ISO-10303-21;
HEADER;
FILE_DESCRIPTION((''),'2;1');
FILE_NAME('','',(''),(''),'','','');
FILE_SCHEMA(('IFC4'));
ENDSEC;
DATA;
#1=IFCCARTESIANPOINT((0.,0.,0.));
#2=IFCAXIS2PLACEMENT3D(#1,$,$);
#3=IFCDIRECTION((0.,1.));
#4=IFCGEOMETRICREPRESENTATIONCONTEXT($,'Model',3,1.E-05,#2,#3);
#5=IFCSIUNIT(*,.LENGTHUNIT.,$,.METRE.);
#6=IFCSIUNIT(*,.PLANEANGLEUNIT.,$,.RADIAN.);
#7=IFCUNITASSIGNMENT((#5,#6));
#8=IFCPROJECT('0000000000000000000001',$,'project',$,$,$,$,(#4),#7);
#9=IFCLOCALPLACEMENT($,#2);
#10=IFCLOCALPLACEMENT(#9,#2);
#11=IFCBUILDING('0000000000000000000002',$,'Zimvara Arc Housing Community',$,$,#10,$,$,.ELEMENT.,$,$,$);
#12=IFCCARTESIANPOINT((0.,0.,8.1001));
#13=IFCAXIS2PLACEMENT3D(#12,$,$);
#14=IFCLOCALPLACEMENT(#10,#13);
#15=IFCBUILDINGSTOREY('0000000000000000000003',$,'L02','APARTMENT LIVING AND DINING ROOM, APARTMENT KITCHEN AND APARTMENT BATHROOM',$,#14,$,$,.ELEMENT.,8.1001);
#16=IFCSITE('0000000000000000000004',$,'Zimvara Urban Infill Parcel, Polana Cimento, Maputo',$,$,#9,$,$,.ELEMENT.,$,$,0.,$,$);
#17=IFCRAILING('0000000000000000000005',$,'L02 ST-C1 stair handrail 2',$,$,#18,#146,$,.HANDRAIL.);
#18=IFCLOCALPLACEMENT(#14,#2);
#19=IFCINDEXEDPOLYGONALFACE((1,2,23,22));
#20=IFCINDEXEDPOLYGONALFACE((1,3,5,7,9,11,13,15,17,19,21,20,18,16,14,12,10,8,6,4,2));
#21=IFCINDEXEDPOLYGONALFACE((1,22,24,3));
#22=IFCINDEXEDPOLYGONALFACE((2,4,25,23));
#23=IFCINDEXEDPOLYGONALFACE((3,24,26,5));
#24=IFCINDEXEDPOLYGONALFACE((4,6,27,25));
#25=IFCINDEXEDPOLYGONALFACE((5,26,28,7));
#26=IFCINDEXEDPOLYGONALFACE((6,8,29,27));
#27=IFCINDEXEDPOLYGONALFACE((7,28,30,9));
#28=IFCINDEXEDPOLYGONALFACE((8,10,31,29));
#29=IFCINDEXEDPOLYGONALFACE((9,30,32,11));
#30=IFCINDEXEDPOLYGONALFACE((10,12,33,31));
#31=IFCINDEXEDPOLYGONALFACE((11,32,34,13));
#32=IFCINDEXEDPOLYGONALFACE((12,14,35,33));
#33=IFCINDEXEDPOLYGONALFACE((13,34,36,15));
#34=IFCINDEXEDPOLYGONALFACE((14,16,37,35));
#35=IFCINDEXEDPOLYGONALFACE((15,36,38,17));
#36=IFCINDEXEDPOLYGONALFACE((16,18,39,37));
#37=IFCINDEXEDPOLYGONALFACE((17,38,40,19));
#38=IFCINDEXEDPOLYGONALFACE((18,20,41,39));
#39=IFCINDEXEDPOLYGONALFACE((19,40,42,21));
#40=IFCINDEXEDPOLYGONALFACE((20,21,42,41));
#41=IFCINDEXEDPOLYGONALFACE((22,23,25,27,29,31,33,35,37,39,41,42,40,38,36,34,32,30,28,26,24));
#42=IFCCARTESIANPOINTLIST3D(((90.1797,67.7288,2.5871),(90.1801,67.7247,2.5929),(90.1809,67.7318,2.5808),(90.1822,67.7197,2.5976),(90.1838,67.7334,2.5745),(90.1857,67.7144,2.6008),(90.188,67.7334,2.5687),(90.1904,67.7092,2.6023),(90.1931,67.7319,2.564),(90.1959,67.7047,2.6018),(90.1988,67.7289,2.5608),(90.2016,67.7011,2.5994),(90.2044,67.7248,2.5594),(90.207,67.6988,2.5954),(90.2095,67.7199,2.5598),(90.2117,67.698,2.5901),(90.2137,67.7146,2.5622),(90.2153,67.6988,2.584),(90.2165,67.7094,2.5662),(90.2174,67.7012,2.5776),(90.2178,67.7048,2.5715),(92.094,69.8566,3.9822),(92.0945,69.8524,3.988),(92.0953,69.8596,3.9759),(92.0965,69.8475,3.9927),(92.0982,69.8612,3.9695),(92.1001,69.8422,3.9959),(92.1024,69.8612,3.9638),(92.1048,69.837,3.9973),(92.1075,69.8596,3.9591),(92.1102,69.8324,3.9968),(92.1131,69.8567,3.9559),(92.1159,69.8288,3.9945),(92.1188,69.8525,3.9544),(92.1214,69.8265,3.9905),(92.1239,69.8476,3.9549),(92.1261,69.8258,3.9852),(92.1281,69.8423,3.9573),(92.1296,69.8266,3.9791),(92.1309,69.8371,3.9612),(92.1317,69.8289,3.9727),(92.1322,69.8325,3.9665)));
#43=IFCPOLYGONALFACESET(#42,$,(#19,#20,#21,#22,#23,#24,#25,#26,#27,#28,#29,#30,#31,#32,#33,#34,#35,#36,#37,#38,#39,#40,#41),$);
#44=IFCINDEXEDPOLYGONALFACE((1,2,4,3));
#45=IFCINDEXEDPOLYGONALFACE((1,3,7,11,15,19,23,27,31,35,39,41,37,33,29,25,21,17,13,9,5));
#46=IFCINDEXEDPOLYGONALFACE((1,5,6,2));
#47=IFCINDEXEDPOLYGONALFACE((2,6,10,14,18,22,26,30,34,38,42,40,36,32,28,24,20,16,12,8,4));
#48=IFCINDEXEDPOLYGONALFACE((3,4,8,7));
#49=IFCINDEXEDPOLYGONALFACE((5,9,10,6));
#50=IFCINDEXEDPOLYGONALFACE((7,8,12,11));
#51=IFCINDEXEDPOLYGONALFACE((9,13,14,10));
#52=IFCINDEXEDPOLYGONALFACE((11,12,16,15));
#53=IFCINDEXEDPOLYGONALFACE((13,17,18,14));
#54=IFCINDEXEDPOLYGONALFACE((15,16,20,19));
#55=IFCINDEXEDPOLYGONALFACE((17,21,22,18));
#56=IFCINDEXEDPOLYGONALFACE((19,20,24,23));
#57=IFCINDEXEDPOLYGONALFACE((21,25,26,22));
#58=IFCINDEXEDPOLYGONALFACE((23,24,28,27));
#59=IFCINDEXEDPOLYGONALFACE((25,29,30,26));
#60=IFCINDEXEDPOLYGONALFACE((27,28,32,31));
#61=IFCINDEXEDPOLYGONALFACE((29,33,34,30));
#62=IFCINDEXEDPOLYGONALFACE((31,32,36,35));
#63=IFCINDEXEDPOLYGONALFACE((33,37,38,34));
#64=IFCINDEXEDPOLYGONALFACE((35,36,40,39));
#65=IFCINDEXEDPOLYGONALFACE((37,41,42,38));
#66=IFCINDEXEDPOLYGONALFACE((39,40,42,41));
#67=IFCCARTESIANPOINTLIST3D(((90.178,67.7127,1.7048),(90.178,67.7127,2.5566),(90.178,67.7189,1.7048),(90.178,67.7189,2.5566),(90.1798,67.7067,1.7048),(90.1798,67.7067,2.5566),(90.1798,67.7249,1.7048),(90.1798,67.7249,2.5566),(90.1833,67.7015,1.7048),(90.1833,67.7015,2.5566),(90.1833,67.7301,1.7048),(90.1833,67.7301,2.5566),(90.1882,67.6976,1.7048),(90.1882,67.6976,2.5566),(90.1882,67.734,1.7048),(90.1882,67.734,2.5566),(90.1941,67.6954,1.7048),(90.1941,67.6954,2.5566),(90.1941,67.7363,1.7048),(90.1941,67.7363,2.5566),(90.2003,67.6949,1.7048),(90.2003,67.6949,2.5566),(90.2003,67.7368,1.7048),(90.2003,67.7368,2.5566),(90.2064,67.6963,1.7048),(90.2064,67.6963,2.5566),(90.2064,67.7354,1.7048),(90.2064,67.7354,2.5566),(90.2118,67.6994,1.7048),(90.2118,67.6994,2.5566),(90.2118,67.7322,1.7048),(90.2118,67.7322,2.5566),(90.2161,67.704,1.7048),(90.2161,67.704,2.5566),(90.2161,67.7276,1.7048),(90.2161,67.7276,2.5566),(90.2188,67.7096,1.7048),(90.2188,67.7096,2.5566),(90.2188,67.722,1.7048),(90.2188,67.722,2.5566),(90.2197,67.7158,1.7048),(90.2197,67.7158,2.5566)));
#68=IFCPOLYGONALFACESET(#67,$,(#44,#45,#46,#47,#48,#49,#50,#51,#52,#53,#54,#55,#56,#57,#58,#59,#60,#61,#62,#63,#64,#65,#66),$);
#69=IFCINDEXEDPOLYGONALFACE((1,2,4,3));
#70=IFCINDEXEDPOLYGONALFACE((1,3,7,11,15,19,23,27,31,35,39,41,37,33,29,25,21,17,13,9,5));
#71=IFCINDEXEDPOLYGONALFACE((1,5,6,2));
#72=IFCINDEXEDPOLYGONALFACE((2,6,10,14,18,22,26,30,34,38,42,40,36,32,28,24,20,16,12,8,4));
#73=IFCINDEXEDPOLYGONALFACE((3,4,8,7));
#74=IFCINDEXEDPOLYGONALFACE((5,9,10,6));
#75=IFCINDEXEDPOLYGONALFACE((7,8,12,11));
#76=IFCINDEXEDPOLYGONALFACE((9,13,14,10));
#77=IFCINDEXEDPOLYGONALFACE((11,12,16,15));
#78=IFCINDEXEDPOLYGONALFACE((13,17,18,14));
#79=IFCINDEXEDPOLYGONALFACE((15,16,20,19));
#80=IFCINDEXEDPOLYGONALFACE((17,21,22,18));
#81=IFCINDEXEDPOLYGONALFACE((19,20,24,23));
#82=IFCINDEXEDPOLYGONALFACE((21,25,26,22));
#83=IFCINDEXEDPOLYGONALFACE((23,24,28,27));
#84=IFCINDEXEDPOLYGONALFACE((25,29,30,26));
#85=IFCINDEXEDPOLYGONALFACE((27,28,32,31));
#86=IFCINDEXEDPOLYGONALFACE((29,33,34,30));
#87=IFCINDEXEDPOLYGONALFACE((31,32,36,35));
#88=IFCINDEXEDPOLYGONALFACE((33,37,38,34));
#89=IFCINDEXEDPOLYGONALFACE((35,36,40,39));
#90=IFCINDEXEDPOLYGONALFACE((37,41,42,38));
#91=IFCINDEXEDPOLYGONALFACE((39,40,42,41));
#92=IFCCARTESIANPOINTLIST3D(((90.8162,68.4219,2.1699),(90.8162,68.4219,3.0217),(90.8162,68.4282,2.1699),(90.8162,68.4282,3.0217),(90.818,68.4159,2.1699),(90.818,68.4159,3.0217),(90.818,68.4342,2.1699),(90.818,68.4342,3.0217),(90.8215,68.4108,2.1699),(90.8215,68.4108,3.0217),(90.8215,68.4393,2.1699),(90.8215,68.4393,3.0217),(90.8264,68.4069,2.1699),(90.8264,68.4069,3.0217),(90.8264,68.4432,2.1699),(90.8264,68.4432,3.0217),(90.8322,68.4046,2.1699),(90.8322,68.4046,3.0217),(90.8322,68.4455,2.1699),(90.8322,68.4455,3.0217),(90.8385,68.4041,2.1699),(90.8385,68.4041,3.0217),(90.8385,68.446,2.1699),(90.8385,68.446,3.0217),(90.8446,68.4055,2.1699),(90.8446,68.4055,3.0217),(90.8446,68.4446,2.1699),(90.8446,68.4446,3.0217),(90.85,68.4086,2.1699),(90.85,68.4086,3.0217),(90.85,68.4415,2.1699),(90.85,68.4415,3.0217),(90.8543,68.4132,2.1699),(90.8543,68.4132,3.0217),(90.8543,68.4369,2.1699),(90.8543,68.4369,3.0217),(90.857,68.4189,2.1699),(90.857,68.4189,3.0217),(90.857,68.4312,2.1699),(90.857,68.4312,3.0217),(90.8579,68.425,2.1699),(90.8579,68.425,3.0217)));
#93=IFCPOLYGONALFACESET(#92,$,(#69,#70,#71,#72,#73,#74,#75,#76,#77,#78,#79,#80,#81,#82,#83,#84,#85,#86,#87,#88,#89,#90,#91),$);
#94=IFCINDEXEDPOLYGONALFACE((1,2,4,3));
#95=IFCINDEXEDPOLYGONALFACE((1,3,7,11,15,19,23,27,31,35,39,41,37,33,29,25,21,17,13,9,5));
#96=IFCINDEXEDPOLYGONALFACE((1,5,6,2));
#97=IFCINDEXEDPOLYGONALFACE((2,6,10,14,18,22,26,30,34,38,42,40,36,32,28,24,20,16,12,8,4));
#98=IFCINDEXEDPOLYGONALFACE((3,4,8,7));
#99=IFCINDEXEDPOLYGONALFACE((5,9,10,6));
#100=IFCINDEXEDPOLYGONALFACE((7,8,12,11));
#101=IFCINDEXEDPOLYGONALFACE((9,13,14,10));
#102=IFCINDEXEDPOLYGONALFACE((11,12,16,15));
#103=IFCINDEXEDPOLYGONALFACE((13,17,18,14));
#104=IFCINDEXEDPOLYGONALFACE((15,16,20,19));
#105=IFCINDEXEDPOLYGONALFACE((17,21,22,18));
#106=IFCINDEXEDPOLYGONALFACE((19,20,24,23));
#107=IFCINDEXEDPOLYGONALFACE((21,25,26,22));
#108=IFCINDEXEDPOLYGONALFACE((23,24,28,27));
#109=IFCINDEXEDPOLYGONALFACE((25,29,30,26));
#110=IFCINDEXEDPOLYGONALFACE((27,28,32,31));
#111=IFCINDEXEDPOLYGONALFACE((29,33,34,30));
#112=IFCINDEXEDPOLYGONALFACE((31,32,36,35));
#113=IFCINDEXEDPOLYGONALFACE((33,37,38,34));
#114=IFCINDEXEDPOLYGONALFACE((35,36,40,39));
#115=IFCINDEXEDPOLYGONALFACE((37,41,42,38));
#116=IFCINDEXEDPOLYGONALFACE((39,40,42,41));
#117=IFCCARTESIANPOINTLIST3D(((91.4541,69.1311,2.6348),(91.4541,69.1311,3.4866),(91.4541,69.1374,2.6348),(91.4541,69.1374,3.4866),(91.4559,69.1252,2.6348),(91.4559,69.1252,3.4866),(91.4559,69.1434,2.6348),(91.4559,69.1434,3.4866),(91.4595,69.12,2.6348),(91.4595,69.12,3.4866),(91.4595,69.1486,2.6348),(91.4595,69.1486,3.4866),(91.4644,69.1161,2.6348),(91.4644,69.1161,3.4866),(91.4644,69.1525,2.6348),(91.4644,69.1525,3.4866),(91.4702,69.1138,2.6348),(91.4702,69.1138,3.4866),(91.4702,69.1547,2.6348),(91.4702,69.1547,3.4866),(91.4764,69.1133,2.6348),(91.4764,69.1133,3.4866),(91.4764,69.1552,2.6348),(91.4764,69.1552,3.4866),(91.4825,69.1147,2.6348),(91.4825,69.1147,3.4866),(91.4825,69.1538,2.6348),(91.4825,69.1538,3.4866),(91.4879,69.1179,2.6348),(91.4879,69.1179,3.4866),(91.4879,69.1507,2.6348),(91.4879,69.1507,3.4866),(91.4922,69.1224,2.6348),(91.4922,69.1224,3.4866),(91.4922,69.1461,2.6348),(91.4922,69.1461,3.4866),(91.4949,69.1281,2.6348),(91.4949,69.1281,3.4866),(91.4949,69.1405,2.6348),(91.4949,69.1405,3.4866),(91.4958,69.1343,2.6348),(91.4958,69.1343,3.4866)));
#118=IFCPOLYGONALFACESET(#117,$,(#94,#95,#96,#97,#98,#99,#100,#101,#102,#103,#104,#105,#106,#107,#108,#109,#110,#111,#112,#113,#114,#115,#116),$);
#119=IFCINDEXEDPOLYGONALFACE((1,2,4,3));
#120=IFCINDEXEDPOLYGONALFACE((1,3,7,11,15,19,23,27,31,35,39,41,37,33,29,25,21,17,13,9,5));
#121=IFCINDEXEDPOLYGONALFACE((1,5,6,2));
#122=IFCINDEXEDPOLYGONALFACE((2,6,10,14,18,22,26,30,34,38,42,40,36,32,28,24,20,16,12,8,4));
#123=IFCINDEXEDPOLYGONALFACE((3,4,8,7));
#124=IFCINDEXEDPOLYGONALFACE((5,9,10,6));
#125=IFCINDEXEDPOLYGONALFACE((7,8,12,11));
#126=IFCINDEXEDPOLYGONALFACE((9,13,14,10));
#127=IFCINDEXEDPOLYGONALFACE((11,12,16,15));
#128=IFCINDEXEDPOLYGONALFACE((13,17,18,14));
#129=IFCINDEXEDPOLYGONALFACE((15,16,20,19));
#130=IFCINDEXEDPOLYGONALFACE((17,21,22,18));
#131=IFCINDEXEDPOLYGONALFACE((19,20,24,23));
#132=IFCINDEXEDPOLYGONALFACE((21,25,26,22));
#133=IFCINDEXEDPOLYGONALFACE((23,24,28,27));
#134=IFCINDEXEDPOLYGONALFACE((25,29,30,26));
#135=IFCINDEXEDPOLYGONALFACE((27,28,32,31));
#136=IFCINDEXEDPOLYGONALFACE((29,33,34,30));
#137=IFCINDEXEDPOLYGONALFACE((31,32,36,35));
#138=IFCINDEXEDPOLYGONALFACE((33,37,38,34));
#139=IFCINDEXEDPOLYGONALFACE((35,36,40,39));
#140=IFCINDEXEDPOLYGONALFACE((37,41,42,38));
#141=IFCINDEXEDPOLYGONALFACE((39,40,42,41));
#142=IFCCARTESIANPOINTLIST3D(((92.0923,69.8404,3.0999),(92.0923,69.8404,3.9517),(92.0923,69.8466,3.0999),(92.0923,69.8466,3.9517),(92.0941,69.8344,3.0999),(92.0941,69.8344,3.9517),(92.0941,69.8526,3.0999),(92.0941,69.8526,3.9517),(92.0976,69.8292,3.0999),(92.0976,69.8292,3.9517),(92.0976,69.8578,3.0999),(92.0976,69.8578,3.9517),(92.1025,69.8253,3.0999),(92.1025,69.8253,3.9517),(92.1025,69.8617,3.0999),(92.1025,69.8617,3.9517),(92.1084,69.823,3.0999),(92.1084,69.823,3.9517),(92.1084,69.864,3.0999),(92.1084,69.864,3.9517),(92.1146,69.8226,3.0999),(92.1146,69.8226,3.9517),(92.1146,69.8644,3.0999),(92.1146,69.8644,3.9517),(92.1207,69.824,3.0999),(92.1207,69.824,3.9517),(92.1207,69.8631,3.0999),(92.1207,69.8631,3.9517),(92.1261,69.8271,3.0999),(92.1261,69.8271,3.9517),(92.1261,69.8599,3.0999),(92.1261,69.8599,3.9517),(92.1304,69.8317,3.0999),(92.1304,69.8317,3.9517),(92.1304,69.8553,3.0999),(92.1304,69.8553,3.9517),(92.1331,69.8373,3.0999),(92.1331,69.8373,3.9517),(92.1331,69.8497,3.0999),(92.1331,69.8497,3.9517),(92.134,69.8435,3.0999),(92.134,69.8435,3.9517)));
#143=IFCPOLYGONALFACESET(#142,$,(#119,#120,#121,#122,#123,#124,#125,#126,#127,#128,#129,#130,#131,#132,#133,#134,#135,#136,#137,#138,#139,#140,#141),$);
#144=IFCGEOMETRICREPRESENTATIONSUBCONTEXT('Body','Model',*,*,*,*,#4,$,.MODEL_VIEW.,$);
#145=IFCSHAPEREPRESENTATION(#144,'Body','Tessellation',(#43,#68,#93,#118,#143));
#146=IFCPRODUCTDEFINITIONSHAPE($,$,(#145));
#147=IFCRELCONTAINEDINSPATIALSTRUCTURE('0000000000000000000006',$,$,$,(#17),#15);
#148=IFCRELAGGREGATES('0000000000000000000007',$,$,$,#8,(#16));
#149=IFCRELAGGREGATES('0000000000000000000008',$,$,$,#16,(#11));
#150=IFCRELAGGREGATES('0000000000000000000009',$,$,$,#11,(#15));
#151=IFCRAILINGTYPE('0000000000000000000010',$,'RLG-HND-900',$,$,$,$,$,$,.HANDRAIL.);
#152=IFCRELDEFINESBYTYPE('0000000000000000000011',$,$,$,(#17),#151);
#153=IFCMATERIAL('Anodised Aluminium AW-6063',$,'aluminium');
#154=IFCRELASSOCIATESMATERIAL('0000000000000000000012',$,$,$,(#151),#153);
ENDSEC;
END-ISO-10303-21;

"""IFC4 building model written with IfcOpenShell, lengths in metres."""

from ifc_helpers import new_model, si_unit, direction, frame, origin, origin_2d, place, context, subcontext, project, spatial, circle, extrude, material, type_object, element, save


model = new_model("IFC4")

# Units and contexts
model_context = context("Model", 3, precision=1e-05, world=origin(), true_north=direction((0.0, 1.0)))
body_context = subcontext(model_context, "Body", "Model", "MODEL_VIEW")
ifc_project = project(units=[si_unit("LENGTHUNIT", "METRE"), si_unit("PLANEANGLEUNIT", "RADIAN")], contexts=[model_context])

# Site, building, storey
site_placement = place(None, origin())
site = spatial("IfcSite", under=ifc_project, at=site_placement, Name="Zimvara Urban Infill Parcel, Polana Cimento, Maputo", CompositionType="ELEMENT", RefElevation=0.0)
building_placement = place(site_placement, origin())
building = spatial("IfcBuilding", under=site, at=building_placement, Name="Zimvara Arc Housing Community", CompositionType="ELEMENT")
storey_placement = place(building_placement, frame((0.0, 0.0, 8.1001)))
storey = spatial("IfcBuildingStorey", under=building, at=storey_placement, Name="L02", Description="APARTMENT LIVING AND DINING ROOM, APARTMENT KITCHEN AND APARTMENT BATHROOM", CompositionType="ELEMENT", Elevation=8.1001)

# Railing
ifc_material_1 = material(Name="Anodised Aluminium AW-6063", Category="aluminium")
railing_type_1 = type_object("IfcRailingType", Name="RLG-HND-900", PredefinedType="HANDRAIL", material=ifc_material_1)
railing_1_placement = place(storey_placement, frame((90.1987, 67.7158, 1.7048)))
element("IfcRailing", 1, at=railing_1_placement, inside=storey, type_object=railing_type_1, Name="L02 ST-C1 stair handrail 2", PredefinedType="HANDRAIL", context=body_context, shape_type="SweptSolid", body=[
    extrude(circle(Radius=0.0239, at=origin_2d()), frame((0.0, 0.0, 0.876), z_axis=(0.601232, 0.668248, 0.438138), x_axis=(-0.7434, 0.668847, 0.0)), (0.0, 0.0, 1.0), 3.1841),
    extrude(circle(Radius=0.021, at=origin_2d()), origin(), (0.0, 0.0, 1.0), 0.8518),
    extrude(circle(Radius=0.021, at=origin_2d()), frame((0.6382, 0.7092, 0.4651)), (0.0, 0.0, 1.0), 0.8518),
    extrude(circle(Radius=0.021, at=origin_2d()), frame((1.2761, 1.4185, 0.9299)), (0.0, 0.0, 1.0), 0.8518),
    extrude(circle(Radius=0.021, at=origin_2d()), frame((1.9143, 2.1277, 1.395)), (0.0, 0.0, 1.0), 0.8518),
])

save(model, "model.ifc")
